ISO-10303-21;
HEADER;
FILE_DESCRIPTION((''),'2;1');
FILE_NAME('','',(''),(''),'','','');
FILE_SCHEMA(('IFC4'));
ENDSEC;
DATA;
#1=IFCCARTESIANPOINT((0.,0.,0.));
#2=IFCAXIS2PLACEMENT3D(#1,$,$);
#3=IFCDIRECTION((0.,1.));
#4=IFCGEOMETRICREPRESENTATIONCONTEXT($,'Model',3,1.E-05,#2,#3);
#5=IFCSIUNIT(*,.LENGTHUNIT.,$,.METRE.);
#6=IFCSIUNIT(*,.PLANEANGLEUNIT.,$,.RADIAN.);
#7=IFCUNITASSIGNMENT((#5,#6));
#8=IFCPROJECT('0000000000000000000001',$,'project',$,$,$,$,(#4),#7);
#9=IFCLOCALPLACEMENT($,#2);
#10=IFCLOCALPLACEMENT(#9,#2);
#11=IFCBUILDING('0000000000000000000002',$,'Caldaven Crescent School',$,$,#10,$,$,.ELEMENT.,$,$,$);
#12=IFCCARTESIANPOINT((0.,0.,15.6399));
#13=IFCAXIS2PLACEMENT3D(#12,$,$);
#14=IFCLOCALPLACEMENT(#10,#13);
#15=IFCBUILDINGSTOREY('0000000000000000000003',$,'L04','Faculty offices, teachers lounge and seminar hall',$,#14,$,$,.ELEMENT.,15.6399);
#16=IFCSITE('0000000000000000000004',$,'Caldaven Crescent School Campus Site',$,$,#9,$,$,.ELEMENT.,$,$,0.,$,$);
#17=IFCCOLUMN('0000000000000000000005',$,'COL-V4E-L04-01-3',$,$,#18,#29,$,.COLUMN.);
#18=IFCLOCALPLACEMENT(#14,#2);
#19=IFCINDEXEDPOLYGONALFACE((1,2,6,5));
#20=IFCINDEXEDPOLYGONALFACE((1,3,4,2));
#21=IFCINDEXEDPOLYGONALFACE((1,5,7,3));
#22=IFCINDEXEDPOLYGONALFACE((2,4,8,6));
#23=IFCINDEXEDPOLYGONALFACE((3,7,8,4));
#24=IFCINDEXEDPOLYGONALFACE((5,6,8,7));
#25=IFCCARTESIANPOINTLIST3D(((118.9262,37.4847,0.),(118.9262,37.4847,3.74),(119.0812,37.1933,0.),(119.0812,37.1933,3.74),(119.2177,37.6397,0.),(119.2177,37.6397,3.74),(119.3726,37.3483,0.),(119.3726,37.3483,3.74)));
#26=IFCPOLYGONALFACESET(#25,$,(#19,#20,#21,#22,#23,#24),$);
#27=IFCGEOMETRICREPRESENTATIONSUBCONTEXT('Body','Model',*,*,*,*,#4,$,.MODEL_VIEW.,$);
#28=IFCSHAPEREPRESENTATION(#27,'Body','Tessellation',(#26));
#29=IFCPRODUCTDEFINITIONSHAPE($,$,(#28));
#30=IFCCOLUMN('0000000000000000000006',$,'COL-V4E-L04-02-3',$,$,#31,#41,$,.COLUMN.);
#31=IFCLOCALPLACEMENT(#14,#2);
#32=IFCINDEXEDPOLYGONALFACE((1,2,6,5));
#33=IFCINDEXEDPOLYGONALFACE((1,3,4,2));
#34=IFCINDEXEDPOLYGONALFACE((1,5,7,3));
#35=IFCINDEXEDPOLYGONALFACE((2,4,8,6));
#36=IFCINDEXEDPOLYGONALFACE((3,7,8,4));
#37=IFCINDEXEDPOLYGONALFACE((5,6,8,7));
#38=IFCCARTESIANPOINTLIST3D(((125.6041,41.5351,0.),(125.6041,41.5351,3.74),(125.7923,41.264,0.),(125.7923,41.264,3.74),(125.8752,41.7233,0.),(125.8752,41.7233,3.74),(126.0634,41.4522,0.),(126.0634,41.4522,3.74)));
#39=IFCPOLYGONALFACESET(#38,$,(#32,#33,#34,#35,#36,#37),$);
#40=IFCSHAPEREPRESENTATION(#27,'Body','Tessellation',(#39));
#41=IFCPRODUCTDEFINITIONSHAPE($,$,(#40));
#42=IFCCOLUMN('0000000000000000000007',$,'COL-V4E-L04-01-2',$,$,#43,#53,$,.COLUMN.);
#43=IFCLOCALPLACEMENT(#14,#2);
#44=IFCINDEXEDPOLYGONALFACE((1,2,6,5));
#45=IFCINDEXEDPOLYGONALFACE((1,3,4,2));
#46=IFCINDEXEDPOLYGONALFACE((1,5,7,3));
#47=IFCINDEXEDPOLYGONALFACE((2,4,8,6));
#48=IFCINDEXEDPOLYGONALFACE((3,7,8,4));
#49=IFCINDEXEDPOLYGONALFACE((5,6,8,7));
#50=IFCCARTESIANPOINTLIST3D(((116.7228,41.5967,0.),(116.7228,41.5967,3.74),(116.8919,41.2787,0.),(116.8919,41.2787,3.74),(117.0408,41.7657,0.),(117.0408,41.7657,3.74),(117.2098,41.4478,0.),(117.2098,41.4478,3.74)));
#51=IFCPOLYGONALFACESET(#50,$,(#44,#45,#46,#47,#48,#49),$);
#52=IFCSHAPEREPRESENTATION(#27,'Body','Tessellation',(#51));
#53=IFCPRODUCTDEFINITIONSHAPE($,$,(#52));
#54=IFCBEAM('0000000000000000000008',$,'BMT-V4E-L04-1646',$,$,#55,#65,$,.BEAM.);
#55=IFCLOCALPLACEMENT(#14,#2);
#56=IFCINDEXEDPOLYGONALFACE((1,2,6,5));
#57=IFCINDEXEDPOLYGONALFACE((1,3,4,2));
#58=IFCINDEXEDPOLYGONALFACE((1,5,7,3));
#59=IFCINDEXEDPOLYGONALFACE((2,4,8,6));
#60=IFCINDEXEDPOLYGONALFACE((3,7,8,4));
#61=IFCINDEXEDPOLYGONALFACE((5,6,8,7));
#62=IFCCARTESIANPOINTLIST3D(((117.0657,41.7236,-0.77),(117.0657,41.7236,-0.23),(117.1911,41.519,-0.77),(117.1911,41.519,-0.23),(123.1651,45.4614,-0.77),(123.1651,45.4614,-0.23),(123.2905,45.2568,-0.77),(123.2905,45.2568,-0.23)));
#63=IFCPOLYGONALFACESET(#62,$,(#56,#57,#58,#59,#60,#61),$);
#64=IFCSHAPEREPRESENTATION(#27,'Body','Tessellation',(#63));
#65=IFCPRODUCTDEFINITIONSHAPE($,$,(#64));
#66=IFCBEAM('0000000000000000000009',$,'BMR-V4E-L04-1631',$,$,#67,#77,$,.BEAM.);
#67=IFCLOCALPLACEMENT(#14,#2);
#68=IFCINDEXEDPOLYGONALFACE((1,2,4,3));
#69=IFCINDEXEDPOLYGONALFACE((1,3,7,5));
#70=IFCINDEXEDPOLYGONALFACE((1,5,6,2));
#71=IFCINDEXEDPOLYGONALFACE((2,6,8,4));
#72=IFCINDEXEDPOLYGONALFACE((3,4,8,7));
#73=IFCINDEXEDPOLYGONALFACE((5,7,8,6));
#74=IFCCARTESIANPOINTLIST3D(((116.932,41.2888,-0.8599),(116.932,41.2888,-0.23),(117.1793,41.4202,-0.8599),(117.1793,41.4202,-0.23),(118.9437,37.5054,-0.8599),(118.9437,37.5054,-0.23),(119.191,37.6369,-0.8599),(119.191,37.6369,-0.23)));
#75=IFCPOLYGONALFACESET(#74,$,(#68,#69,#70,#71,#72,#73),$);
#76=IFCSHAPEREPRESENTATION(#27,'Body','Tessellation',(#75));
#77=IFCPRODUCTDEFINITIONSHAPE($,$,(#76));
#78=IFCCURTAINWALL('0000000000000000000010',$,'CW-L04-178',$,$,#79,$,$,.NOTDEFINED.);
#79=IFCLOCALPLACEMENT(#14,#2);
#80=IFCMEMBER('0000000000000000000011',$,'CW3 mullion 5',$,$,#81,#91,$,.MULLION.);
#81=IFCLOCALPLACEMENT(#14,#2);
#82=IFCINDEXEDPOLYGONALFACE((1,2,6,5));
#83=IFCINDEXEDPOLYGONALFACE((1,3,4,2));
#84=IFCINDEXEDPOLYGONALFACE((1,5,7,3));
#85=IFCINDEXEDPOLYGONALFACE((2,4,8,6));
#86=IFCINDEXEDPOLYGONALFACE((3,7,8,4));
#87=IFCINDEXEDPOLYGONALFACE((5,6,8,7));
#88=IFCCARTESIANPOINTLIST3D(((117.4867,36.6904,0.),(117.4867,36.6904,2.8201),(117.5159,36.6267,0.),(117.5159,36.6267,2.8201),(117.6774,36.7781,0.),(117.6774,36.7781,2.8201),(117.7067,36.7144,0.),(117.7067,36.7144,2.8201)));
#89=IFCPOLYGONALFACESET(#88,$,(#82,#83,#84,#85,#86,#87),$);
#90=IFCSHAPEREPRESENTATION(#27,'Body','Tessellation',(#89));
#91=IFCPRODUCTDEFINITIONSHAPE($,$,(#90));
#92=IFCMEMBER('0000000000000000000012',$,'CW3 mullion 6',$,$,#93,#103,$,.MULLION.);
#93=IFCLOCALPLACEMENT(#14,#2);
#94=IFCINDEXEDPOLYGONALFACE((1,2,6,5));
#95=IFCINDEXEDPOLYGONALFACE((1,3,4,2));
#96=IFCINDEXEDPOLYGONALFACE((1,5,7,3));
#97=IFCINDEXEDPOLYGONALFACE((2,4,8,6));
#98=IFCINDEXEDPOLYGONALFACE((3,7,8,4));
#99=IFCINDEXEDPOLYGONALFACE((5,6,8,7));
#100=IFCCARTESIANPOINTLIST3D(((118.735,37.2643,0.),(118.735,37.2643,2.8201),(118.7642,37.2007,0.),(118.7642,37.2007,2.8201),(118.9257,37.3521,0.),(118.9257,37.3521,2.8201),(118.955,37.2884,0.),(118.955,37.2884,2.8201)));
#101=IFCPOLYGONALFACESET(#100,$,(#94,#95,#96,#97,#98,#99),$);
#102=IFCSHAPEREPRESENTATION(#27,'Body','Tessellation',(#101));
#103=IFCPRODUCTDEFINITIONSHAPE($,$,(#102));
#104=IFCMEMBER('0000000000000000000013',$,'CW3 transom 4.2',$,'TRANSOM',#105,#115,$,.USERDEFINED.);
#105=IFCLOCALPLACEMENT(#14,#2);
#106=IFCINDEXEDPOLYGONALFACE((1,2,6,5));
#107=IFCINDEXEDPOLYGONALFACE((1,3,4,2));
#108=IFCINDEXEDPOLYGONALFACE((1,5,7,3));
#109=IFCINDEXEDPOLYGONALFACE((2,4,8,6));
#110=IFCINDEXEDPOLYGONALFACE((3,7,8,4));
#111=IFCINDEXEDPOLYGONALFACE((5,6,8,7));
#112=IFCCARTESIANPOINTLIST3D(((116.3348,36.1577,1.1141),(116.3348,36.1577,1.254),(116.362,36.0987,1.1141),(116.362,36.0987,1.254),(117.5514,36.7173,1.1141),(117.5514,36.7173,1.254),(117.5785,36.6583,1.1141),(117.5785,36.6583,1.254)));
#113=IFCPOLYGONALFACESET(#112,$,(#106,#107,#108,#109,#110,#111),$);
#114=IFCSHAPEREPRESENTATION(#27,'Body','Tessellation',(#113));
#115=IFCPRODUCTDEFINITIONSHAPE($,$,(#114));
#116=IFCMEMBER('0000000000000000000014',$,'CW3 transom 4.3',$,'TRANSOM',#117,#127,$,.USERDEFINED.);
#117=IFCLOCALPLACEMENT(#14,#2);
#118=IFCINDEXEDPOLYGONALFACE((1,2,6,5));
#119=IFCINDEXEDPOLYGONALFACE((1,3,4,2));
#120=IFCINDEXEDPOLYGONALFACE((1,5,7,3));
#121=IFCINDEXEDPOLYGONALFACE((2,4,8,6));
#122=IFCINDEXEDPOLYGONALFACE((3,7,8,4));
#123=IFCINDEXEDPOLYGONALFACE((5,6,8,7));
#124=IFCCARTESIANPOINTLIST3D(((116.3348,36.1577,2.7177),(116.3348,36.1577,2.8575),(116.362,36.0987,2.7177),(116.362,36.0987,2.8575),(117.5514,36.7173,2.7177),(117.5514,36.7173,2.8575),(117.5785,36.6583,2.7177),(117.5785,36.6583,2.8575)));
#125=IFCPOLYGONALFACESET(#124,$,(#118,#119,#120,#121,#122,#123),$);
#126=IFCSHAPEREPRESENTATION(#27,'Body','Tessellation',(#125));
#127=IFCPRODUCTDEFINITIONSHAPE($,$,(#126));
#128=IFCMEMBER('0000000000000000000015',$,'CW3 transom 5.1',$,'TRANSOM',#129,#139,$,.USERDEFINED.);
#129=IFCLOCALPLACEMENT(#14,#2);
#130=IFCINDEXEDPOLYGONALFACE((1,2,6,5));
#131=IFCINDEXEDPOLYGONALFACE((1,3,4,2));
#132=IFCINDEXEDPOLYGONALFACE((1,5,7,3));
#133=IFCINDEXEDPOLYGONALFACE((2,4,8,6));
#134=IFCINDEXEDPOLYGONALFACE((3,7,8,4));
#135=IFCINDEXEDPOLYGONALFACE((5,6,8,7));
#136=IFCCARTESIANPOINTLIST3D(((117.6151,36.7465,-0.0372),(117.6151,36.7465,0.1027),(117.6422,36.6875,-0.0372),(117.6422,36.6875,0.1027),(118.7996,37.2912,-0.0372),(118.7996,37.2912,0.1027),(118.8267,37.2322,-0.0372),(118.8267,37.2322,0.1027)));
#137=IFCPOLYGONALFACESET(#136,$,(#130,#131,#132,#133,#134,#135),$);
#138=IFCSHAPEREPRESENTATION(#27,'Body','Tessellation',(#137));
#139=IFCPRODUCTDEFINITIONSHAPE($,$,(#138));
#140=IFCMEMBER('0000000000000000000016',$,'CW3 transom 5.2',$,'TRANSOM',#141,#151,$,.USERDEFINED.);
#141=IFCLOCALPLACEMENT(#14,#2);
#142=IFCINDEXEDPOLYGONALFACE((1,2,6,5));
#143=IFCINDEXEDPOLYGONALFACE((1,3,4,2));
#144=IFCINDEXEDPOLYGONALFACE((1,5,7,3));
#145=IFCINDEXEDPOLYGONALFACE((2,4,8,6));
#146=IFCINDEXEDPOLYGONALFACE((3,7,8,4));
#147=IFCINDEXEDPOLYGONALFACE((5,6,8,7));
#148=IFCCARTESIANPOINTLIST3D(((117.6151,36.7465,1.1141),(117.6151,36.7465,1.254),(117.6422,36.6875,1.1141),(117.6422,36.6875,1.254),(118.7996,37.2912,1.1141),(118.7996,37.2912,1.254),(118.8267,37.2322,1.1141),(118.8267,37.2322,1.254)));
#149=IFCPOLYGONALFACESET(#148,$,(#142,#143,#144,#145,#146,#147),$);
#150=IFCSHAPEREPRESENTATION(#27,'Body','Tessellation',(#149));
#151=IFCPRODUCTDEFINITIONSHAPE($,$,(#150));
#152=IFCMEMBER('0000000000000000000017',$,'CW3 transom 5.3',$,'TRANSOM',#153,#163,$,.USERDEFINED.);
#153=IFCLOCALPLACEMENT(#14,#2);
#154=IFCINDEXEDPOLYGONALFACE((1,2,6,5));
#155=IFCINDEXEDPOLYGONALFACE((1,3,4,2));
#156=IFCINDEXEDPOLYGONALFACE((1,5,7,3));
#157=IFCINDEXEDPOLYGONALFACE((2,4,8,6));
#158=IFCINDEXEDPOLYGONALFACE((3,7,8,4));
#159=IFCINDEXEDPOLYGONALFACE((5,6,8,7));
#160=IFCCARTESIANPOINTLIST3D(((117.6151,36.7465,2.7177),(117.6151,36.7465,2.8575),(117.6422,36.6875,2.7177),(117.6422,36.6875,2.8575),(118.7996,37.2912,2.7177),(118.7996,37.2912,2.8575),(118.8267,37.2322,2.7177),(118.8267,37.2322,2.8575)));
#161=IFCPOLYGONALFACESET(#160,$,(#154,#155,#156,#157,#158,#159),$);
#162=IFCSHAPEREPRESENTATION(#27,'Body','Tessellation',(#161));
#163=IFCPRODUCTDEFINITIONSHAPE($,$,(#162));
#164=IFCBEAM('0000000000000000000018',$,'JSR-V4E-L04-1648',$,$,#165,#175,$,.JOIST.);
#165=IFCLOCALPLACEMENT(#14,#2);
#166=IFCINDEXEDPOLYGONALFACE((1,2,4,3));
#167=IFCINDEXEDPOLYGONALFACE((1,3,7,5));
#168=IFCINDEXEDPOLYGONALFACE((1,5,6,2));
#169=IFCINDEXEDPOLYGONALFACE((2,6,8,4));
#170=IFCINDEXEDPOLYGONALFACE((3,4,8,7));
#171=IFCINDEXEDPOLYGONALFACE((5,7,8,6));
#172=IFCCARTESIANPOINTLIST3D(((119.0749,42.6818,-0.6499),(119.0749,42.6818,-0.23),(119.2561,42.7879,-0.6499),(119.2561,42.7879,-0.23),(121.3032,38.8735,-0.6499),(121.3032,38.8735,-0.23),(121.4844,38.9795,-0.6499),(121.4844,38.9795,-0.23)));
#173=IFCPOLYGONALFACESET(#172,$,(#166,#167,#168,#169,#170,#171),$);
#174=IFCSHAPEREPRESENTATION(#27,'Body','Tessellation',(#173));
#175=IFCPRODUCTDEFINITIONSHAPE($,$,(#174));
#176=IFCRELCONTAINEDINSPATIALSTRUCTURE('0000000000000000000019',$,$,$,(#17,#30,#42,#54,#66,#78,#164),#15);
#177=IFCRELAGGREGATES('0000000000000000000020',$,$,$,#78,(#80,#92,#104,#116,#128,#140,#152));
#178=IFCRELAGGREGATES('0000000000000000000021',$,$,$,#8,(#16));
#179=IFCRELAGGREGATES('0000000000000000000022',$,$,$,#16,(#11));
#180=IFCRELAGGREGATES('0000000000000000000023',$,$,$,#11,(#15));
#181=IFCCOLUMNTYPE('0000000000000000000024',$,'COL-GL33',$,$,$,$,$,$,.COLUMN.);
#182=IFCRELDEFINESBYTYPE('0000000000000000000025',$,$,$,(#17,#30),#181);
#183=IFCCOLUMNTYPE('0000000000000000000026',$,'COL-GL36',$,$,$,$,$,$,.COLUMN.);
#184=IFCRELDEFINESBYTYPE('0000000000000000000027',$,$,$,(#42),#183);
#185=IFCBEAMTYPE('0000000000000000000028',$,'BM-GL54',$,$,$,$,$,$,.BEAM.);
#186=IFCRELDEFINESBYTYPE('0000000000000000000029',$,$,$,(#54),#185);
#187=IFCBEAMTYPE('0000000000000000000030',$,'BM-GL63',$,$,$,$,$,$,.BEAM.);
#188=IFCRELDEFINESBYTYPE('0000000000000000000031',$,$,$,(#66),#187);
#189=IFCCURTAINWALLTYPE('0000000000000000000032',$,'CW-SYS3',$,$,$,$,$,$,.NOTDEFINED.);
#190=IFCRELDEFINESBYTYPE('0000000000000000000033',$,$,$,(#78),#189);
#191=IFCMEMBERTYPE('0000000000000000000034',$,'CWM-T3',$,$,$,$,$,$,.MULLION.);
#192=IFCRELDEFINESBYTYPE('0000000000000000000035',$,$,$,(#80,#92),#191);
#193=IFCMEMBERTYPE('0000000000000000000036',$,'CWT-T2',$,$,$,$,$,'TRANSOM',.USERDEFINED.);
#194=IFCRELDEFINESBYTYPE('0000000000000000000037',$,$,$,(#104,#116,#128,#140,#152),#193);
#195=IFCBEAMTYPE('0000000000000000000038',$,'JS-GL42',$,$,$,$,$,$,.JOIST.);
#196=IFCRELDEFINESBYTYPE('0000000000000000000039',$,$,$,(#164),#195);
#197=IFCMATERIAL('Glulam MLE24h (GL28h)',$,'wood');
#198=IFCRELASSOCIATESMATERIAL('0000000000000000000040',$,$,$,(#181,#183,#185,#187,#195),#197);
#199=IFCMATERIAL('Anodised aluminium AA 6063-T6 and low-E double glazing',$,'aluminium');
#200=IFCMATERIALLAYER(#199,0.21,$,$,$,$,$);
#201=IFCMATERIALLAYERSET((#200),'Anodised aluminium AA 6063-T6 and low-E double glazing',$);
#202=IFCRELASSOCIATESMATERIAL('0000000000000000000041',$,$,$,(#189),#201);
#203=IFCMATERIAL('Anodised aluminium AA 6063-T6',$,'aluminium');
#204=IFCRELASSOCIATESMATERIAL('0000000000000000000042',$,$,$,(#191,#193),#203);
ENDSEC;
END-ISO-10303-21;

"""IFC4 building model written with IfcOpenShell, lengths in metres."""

from ifc_helpers import new_model, si_unit, direction, frame, origin, origin_2d, place, context, subcontext, project, spatial, rectangle, extrude, material, layer, layer_set, material_profile, profile_set, type_object, element, aggregate, save


model = new_model("IFC4")

# Units and contexts
model_context = context("Model", 3, precision=1e-05, world=origin(), true_north=direction((0.0, 1.0)))
body_context = subcontext(model_context, "Body", "Model", "MODEL_VIEW")
ifc_project = project(units=[si_unit("LENGTHUNIT", "METRE"), si_unit("PLANEANGLEUNIT", "RADIAN")], contexts=[model_context])

# Site, building, storey
site_placement = place(None, origin())
site = spatial("IfcSite", under=ifc_project, at=site_placement, Name="Caldaven Crescent School Campus Site", CompositionType="ELEMENT", RefElevation=0.0)
building_placement = place(site_placement, origin())
building = spatial("IfcBuilding", under=site, at=building_placement, Name="Caldaven Crescent School", CompositionType="ELEMENT")
storey_placement = place(building_placement, frame((0.0, 0.0, 15.6399)))
storey = spatial("IfcBuildingStorey", under=building, at=storey_placement, Name="L04", Description="Faculty offices, teachers lounge and seminar hall", CompositionType="ELEMENT", Elevation=15.6399)

# Columns
ifc_material_1 = material(Name="Glulam MLE24h (GL28h)", Category="wood")
ifc_material_profile_1 = material_profile(ifc_material_1, rectangle(XDim=0.3301, YDim=0.3301, at=origin_2d()), Name="MLE 330x330")
ifc_profile_set_1 = profile_set([ifc_material_profile_1], Name="Glulam MLE24h (GL28h)")
column_type_1 = type_object("IfcColumnType", Name="COL-GL33", PredefinedType="COLUMN", material=ifc_profile_set_1)
for number, where, z_axis, x_axis, name in (
    (1, (119.1494, 37.4165, 0.0), (0.0, 0.0, 1.0), (0.469472, -0.882948, 0.0), "COL-V4E-L04-01-3"),
    (2, (125.8337, 41.4937, 0.0), (0.0, 0.0, 1.0), (0.570284, -0.821448, 0.0), "COL-V4E-L04-02-3"),
):
    element("IfcColumn", number, at=place(storey_placement, frame(where, z_axis=z_axis, x_axis=x_axis)), inside=storey, type_object=column_type_1, Name=name, PredefinedType="COLUMN", context=body_context, shape_type="SweptSolid", body=[
        extrude(rectangle(XDim=0.3301, YDim=0.3301, at=origin_2d()), origin(), (0.0, 0.0, 1.0), 3.74),
    ])
ifc_material_profile_2 = material_profile(ifc_material_1, rectangle(XDim=0.3601, YDim=0.3601, at=origin_2d()), Name="MLE 360x360")
ifc_profile_set_2 = profile_set([ifc_material_profile_2], Name="Glulam MLE24h (GL28h)")
column_type_2 = type_object("IfcColumnType", Name="COL-GL36", PredefinedType="COLUMN", material=ifc_profile_set_2)
column_placement = place(storey_placement, frame((116.9663, 41.5222, 0.0), z_axis=(0.0, 0.0, 1.0), x_axis=(0.469472, -0.882948, 0.0)))
element("IfcColumn", 3, at=column_placement, inside=storey, type_object=column_type_2, Name="COL-V4E-L04-01-2", PredefinedType="COLUMN", context=body_context, shape_type="SweptSolid", body=[
    extrude(rectangle(XDim=0.3601, YDim=0.3601, at=origin_2d()), origin(), (0.0, 0.0, 1.0), 3.74),
])

# Beams
ifc_material_profile_3 = material_profile(ifc_material_1, rectangle(XDim=0.24, YDim=0.54, at=origin_2d()), Name="MLE 240x540")
ifc_profile_set_3 = profile_set([ifc_material_profile_3], Name="Glulam MLE24h (GL28h)")
beam_type_1 = type_object("IfcBeamType", Name="BM-GL54", PredefinedType="BEAM", material=ifc_profile_set_3)
beam_1_placement = place(storey_placement, frame((117.1284, 41.6213, -0.5), z_axis=(0.852634, 0.522508, 0.0), x_axis=(-0.522508, 0.852634, 0.0)))
element("IfcBeam", 4, at=beam_1_placement, inside=storey, type_object=beam_type_1, Name="BMT-V4E-L04-1646", PredefinedType="BEAM", context=body_context, shape_type="SweptSolid", body=[
    extrude(rectangle(XDim=0.24, YDim=0.54, at=origin_2d()), origin(), (0.0, 0.0, 1.0), 7.1536),
])
ifc_material_profile_4 = material_profile(ifc_material_1, rectangle(XDim=0.28, YDim=0.6299, at=origin_2d()), Name="MLE 280x630")
ifc_profile_set_4 = profile_set([ifc_material_profile_4], Name="Glulam MLE24h (GL28h)")
beam_type_2 = type_object("IfcBeamType", Name="BM-GL63", PredefinedType="BEAM", material=ifc_profile_set_4)
beam_2_placement = place(storey_placement, frame((117.0557, 41.3545, -0.5449), z_axis=(0.469476, -0.882945, 0.0), x_axis=(0.882945, 0.469476, 0.0)))
element("IfcBeam", 5, at=beam_2_placement, inside=storey, type_object=beam_type_2, Name="BMR-V4E-L04-1631", PredefinedType="BEAM", context=body_context, shape_type="SweptSolid", body=[
    extrude(rectangle(XDim=0.28, YDim=0.6299, at=origin_2d()), origin(), (0.0, 0.0, 1.0), 4.2849),
])

# Curtain wall, members
ifc_material_2 = material(Name="Anodised aluminium AA 6063-T6 and low-E double glazing", Category="aluminium")
ifc_layer_1 = layer(ifc_material_2, 0.21)
ifc_layer_set_1 = layer_set([ifc_layer_1], Name="Anodised aluminium AA 6063-T6 and low-E double glazing")
curtain_wall_type = type_object("IfcCurtainWallType", Name="CW-SYS3", PredefinedType="NOTDEFINED", material=ifc_layer_set_1)
curtain_wall_placement = place(storey_placement, origin())
curtain_wall = element("IfcCurtainWall", 6, at=curtain_wall_placement, inside=storey, type_object=curtain_wall_type, Name="CW-L04-178", PredefinedType="NOTDEFINED")
ifc_material_3 = material(Name="Anodised aluminium AA 6063-T6", Category="aluminium")
ifc_material_profile_5 = material_profile(ifc_material_3, rectangle(XDim=0.0701, YDim=0.21, at=origin_2d()), Name="CWM 70x210")
ifc_profile_set_5 = profile_set([ifc_material_profile_5], Name="Anodised aluminium AA 6063-T6")
member_type_1 = type_object("IfcMemberType", Name="CWM-T3", PredefinedType="MULLION", material=ifc_profile_set_5)
member_1_placement = place(storey_placement, frame((117.5967, 36.7024, 0.0), z_axis=(0.0, 0.0, 1.0), x_axis=(-0.417823, 0.908528, 0.0)))
member_1 = element("IfcMember", 7, at=member_1_placement, type_object=member_type_1, Name="CW3 mullion 5", PredefinedType="MULLION", context=body_context, shape_type="SweptSolid", body=[
    extrude(rectangle(XDim=0.0701, YDim=0.21, at=origin_2d()), origin(), (0.0, 0.0, 1.0), 2.8201),
])
member_2_placement = place(storey_placement, frame((118.845, 37.2764, 0.0), z_axis=(0.0, 0.0, 1.0), x_axis=(-0.417823, 0.908528, 0.0)))
member_2 = element("IfcMember", 8, at=member_2_placement, type_object=member_type_1, Name="CW3 mullion 6", PredefinedType="MULLION", context=body_context, shape_type="SweptSolid", body=[
    extrude(rectangle(XDim=0.0701, YDim=0.21, at=origin_2d()), origin(), (0.0, 0.0, 1.0), 2.8201),
])
ifc_material_profile_6 = material_profile(ifc_material_3, rectangle(XDim=0.0649, YDim=0.1399, at=origin_2d()), Name="CWT 65x140")
ifc_profile_set_6 = profile_set([ifc_material_profile_6], Name="Anodised aluminium AA 6063-T6")
member_type_2 = type_object("IfcMemberType", Name="CWT-T2", ElementType="TRANSOM", PredefinedType="USERDEFINED", material=ifc_profile_set_6)
member_3_placement = place(storey_placement, frame((116.3484, 36.1282, 1.1841), z_axis=(0.908503, 0.417879, 0.0), x_axis=(-0.417879, 0.908503, 0.0)))
member_3 = element("IfcMember", 9, at=member_3_placement, type_object=member_type_2, Name="CW3 transom 4.2", ObjectType="TRANSOM", PredefinedType="USERDEFINED", context=body_context, shape_type="SweptSolid", body=[
    extrude(rectangle(XDim=0.0649, YDim=0.1399, at=origin_2d()), origin(), (0.0, 0.0, 1.0), 1.3391),
])
member_4_placement = place(storey_placement, frame((116.3484, 36.1282, 2.7876), z_axis=(0.908503, 0.417879, 0.0), x_axis=(-0.417879, 0.908503, 0.0)))
member_4 = element("IfcMember", 10, at=member_4_placement, type_object=member_type_2, Name="CW3 transom 4.3", ObjectType="TRANSOM", PredefinedType="USERDEFINED", context=body_context, shape_type="SweptSolid", body=[
    extrude(rectangle(XDim=0.0649, YDim=0.1399, at=origin_2d()), origin(), (0.0, 0.0, 1.0), 1.3391),
])
member_5_placement = place(storey_placement, frame((117.6287, 36.717, 0.0327), z_axis=(0.908556, 0.417763, 0.0), x_axis=(-0.417763, 0.908556, 0.0)))
member_5 = element("IfcMember", 11, at=member_5_placement, type_object=member_type_2, Name="CW3 transom 5.1", ObjectType="TRANSOM", PredefinedType="USERDEFINED", context=body_context, shape_type="SweptSolid", body=[
    extrude(rectangle(XDim=0.0649, YDim=0.1399, at=origin_2d()), origin(), (0.0, 0.0, 1.0), 1.3037),
])
member_6_placement = place(storey_placement, frame((117.6287, 36.717, 1.1841), z_axis=(0.908556, 0.417763, 0.0), x_axis=(-0.417763, 0.908556, 0.0)))
member_6 = element("IfcMember", 12, at=member_6_placement, type_object=member_type_2, Name="CW3 transom 5.2", ObjectType="TRANSOM", PredefinedType="USERDEFINED", context=body_context, shape_type="SweptSolid", body=[
    extrude(rectangle(XDim=0.0649, YDim=0.1399, at=origin_2d()), origin(), (0.0, 0.0, 1.0), 1.3037),
])
member_7_placement = place(storey_placement, frame((117.6287, 36.717, 2.7876), z_axis=(0.908556, 0.417763, 0.0), x_axis=(-0.417763, 0.908556, 0.0)))
member_7 = element("IfcMember", 13, at=member_7_placement, type_object=member_type_2, Name="CW3 transom 5.3", ObjectType="TRANSOM", PredefinedType="USERDEFINED", context=body_context, shape_type="SweptSolid", body=[
    extrude(rectangle(XDim=0.0649, YDim=0.1399, at=origin_2d()), origin(), (0.0, 0.0, 1.0), 1.3037),
])

# Beam
ifc_material_profile_7 = material_profile(ifc_material_1, rectangle(XDim=0.21, YDim=0.4199, at=origin_2d()), Name="MLE 210x420")
ifc_profile_set_7 = profile_set([ifc_material_profile_7], Name="Glulam MLE24h (GL28h)")
beam_type_3 = type_object("IfcBeamType", Name="JS-GL42", PredefinedType="JOIST", material=ifc_profile_set_7)
beam_3_placement = place(storey_placement, frame((119.1655, 42.7349, -0.4399), z_axis=(0.505009, -0.863114, 0.0), x_axis=(0.863114, 0.505009, 0.0)))
element("IfcBeam", 14, at=beam_3_placement, inside=storey, type_object=beam_type_3, Name="JSR-V4E-L04-1648", PredefinedType="JOIST", context=body_context, shape_type="SweptSolid", body=[
    extrude(rectangle(XDim=0.21, YDim=0.4199, at=origin_2d()), origin(), (0.0, 0.0, 1.0), 4.4124),
])

aggregate(curtain_wall, [member_1, member_2, member_3, member_4, member_5, member_6, member_7])

save(model, "model.ifc")
